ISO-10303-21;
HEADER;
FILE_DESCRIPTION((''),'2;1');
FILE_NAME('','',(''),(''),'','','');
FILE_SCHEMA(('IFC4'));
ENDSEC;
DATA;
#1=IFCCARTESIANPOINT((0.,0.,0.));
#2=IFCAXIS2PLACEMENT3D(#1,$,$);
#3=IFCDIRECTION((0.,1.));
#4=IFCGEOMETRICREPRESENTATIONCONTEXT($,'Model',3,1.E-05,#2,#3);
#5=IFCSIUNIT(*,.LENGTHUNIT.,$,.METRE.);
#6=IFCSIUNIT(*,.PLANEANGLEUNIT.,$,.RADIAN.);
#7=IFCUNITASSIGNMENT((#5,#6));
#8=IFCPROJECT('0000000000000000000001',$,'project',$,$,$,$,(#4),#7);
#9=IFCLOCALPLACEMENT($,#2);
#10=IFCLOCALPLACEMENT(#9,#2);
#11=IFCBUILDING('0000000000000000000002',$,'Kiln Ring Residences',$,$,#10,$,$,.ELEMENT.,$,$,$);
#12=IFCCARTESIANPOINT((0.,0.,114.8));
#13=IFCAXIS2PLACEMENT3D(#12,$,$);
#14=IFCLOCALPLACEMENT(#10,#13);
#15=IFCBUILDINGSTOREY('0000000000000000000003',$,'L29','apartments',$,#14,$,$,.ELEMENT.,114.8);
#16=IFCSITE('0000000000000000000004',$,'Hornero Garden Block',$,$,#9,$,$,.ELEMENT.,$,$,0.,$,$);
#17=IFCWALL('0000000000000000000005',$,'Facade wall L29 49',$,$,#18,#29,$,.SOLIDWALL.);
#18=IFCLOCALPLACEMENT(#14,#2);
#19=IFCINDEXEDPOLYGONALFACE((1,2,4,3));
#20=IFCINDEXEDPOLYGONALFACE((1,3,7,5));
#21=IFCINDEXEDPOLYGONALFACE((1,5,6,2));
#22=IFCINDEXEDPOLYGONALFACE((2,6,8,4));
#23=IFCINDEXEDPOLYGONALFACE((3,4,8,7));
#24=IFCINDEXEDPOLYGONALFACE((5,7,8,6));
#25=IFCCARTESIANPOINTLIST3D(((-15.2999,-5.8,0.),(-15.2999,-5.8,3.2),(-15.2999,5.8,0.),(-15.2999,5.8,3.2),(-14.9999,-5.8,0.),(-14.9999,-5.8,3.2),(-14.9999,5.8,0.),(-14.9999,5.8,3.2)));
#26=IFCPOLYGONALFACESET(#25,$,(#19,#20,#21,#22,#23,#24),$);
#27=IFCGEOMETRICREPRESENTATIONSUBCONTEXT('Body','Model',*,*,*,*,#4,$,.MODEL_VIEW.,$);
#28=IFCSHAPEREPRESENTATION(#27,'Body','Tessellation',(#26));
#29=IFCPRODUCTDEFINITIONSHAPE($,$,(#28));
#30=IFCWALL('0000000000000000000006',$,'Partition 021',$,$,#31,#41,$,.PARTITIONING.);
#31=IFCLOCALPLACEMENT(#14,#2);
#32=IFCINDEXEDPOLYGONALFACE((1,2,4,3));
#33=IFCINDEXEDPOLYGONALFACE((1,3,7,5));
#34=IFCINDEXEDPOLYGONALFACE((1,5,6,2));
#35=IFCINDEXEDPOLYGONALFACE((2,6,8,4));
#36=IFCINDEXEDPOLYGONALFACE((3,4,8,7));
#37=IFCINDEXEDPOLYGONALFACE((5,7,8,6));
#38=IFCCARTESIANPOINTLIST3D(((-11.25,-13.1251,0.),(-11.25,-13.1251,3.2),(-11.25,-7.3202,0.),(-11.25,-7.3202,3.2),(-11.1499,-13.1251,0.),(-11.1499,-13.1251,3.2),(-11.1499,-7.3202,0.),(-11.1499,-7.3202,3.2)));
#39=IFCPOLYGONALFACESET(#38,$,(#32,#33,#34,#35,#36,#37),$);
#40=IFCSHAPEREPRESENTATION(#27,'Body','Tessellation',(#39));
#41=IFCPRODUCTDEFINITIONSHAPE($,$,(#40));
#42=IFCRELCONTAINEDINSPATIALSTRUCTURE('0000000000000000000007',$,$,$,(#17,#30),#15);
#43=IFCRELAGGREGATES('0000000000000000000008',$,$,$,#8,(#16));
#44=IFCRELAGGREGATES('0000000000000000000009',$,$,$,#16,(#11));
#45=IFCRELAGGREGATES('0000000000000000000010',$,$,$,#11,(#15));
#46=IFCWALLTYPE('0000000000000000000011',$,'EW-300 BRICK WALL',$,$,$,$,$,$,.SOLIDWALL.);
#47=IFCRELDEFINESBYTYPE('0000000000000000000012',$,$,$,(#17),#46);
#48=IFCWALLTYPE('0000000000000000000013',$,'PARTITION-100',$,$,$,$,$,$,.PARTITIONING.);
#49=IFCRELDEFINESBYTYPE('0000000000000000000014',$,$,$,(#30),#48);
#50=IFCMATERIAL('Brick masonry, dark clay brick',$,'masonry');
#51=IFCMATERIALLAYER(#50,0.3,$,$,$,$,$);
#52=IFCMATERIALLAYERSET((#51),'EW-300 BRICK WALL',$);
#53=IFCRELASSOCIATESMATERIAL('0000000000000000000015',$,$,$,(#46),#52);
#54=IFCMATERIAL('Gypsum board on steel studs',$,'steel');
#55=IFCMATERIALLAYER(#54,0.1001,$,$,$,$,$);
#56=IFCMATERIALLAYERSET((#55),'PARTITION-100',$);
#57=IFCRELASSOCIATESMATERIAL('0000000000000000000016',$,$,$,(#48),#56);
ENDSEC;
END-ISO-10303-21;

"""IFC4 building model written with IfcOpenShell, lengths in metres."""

from ifc_helpers import new_model, si_unit, direction, frame, frame_2d, origin, place, context, subcontext, project, spatial, rectangle, extrude, material, layer, layer_set, type_object, element, save


model = new_model("IFC4")

# Units and contexts
model_context = context("Model", 3, precision=1e-05, world=origin(), true_north=direction((0.0, 1.0)))
body_context = subcontext(model_context, "Body", "Model", "MODEL_VIEW")
ifc_project = project(units=[si_unit("LENGTHUNIT", "METRE"), si_unit("PLANEANGLEUNIT", "RADIAN")], contexts=[model_context])

# Site, building, storey
site_placement = place(None, origin())
site = spatial("IfcSite", under=ifc_project, at=site_placement, Name="Hornero Garden Block", CompositionType="ELEMENT", RefElevation=0.0)
building_placement = place(site_placement, origin())
building = spatial("IfcBuilding", under=site, at=building_placement, Name="Kiln Ring Residences", CompositionType="ELEMENT")
storey_placement = place(building_placement, frame((0.0, 0.0, 114.8)))
storey = spatial("IfcBuildingStorey", under=building, at=storey_placement, Name="L29", Description="apartments", CompositionType="ELEMENT", Elevation=114.8)

# Walls
ifc_material_1 = material(Name="Brick masonry, dark clay brick", Category="masonry")
ifc_layer_1 = layer(ifc_material_1, 0.3)
ifc_layer_set_1 = layer_set([ifc_layer_1], Name="EW-300 BRICK WALL")
wall_type_1 = type_object("IfcWallType", Name="EW-300 BRICK WALL", PredefinedType="SOLIDWALL", material=ifc_layer_set_1)
wall_1_placement = place(storey_placement, frame((-15.1499, -5.8, 0.0), z_axis=(0.0, 0.0, 1.0), x_axis=(0.0, 1.0, 0.0)))
element("IfcWall", 1, at=wall_1_placement, inside=storey, type_object=wall_type_1, Name="Facade wall L29 49", PredefinedType="SOLIDWALL", context=body_context, shape_type="SweptSolid", body=[
    extrude(rectangle(XDim=11.6001, YDim=0.3, at=frame_2d((5.8, 0.0))), origin(), (0.0, 0.0, 1.0), 3.2),
])
ifc_material_2 = material(Name="Gypsum board on steel studs", Category="steel")
ifc_layer_2 = layer(ifc_material_2, 0.1001)
ifc_layer_set_2 = layer_set([ifc_layer_2], Name="PARTITION-100")
wall_type_2 = type_object("IfcWallType", Name="PARTITION-100", PredefinedType="PARTITIONING", material=ifc_layer_set_2)
wall_2_placement = place(storey_placement, frame((-11.2, -13.125, 0.0), z_axis=(0.0, 0.0, 1.0), x_axis=(0.0, 1.0, 0.0)))
element("IfcWall", 2, at=wall_2_placement, inside=storey, type_object=wall_type_2, Name="Partition 021", PredefinedType="PARTITIONING", context=body_context, shape_type="SweptSolid", body=[
    extrude(rectangle(XDim=5.8049, YDim=0.1001, at=frame_2d((2.9023, 0.0))), origin(), (0.0, 0.0, 1.0), 3.2),
])

save(model, "model.ifc")
